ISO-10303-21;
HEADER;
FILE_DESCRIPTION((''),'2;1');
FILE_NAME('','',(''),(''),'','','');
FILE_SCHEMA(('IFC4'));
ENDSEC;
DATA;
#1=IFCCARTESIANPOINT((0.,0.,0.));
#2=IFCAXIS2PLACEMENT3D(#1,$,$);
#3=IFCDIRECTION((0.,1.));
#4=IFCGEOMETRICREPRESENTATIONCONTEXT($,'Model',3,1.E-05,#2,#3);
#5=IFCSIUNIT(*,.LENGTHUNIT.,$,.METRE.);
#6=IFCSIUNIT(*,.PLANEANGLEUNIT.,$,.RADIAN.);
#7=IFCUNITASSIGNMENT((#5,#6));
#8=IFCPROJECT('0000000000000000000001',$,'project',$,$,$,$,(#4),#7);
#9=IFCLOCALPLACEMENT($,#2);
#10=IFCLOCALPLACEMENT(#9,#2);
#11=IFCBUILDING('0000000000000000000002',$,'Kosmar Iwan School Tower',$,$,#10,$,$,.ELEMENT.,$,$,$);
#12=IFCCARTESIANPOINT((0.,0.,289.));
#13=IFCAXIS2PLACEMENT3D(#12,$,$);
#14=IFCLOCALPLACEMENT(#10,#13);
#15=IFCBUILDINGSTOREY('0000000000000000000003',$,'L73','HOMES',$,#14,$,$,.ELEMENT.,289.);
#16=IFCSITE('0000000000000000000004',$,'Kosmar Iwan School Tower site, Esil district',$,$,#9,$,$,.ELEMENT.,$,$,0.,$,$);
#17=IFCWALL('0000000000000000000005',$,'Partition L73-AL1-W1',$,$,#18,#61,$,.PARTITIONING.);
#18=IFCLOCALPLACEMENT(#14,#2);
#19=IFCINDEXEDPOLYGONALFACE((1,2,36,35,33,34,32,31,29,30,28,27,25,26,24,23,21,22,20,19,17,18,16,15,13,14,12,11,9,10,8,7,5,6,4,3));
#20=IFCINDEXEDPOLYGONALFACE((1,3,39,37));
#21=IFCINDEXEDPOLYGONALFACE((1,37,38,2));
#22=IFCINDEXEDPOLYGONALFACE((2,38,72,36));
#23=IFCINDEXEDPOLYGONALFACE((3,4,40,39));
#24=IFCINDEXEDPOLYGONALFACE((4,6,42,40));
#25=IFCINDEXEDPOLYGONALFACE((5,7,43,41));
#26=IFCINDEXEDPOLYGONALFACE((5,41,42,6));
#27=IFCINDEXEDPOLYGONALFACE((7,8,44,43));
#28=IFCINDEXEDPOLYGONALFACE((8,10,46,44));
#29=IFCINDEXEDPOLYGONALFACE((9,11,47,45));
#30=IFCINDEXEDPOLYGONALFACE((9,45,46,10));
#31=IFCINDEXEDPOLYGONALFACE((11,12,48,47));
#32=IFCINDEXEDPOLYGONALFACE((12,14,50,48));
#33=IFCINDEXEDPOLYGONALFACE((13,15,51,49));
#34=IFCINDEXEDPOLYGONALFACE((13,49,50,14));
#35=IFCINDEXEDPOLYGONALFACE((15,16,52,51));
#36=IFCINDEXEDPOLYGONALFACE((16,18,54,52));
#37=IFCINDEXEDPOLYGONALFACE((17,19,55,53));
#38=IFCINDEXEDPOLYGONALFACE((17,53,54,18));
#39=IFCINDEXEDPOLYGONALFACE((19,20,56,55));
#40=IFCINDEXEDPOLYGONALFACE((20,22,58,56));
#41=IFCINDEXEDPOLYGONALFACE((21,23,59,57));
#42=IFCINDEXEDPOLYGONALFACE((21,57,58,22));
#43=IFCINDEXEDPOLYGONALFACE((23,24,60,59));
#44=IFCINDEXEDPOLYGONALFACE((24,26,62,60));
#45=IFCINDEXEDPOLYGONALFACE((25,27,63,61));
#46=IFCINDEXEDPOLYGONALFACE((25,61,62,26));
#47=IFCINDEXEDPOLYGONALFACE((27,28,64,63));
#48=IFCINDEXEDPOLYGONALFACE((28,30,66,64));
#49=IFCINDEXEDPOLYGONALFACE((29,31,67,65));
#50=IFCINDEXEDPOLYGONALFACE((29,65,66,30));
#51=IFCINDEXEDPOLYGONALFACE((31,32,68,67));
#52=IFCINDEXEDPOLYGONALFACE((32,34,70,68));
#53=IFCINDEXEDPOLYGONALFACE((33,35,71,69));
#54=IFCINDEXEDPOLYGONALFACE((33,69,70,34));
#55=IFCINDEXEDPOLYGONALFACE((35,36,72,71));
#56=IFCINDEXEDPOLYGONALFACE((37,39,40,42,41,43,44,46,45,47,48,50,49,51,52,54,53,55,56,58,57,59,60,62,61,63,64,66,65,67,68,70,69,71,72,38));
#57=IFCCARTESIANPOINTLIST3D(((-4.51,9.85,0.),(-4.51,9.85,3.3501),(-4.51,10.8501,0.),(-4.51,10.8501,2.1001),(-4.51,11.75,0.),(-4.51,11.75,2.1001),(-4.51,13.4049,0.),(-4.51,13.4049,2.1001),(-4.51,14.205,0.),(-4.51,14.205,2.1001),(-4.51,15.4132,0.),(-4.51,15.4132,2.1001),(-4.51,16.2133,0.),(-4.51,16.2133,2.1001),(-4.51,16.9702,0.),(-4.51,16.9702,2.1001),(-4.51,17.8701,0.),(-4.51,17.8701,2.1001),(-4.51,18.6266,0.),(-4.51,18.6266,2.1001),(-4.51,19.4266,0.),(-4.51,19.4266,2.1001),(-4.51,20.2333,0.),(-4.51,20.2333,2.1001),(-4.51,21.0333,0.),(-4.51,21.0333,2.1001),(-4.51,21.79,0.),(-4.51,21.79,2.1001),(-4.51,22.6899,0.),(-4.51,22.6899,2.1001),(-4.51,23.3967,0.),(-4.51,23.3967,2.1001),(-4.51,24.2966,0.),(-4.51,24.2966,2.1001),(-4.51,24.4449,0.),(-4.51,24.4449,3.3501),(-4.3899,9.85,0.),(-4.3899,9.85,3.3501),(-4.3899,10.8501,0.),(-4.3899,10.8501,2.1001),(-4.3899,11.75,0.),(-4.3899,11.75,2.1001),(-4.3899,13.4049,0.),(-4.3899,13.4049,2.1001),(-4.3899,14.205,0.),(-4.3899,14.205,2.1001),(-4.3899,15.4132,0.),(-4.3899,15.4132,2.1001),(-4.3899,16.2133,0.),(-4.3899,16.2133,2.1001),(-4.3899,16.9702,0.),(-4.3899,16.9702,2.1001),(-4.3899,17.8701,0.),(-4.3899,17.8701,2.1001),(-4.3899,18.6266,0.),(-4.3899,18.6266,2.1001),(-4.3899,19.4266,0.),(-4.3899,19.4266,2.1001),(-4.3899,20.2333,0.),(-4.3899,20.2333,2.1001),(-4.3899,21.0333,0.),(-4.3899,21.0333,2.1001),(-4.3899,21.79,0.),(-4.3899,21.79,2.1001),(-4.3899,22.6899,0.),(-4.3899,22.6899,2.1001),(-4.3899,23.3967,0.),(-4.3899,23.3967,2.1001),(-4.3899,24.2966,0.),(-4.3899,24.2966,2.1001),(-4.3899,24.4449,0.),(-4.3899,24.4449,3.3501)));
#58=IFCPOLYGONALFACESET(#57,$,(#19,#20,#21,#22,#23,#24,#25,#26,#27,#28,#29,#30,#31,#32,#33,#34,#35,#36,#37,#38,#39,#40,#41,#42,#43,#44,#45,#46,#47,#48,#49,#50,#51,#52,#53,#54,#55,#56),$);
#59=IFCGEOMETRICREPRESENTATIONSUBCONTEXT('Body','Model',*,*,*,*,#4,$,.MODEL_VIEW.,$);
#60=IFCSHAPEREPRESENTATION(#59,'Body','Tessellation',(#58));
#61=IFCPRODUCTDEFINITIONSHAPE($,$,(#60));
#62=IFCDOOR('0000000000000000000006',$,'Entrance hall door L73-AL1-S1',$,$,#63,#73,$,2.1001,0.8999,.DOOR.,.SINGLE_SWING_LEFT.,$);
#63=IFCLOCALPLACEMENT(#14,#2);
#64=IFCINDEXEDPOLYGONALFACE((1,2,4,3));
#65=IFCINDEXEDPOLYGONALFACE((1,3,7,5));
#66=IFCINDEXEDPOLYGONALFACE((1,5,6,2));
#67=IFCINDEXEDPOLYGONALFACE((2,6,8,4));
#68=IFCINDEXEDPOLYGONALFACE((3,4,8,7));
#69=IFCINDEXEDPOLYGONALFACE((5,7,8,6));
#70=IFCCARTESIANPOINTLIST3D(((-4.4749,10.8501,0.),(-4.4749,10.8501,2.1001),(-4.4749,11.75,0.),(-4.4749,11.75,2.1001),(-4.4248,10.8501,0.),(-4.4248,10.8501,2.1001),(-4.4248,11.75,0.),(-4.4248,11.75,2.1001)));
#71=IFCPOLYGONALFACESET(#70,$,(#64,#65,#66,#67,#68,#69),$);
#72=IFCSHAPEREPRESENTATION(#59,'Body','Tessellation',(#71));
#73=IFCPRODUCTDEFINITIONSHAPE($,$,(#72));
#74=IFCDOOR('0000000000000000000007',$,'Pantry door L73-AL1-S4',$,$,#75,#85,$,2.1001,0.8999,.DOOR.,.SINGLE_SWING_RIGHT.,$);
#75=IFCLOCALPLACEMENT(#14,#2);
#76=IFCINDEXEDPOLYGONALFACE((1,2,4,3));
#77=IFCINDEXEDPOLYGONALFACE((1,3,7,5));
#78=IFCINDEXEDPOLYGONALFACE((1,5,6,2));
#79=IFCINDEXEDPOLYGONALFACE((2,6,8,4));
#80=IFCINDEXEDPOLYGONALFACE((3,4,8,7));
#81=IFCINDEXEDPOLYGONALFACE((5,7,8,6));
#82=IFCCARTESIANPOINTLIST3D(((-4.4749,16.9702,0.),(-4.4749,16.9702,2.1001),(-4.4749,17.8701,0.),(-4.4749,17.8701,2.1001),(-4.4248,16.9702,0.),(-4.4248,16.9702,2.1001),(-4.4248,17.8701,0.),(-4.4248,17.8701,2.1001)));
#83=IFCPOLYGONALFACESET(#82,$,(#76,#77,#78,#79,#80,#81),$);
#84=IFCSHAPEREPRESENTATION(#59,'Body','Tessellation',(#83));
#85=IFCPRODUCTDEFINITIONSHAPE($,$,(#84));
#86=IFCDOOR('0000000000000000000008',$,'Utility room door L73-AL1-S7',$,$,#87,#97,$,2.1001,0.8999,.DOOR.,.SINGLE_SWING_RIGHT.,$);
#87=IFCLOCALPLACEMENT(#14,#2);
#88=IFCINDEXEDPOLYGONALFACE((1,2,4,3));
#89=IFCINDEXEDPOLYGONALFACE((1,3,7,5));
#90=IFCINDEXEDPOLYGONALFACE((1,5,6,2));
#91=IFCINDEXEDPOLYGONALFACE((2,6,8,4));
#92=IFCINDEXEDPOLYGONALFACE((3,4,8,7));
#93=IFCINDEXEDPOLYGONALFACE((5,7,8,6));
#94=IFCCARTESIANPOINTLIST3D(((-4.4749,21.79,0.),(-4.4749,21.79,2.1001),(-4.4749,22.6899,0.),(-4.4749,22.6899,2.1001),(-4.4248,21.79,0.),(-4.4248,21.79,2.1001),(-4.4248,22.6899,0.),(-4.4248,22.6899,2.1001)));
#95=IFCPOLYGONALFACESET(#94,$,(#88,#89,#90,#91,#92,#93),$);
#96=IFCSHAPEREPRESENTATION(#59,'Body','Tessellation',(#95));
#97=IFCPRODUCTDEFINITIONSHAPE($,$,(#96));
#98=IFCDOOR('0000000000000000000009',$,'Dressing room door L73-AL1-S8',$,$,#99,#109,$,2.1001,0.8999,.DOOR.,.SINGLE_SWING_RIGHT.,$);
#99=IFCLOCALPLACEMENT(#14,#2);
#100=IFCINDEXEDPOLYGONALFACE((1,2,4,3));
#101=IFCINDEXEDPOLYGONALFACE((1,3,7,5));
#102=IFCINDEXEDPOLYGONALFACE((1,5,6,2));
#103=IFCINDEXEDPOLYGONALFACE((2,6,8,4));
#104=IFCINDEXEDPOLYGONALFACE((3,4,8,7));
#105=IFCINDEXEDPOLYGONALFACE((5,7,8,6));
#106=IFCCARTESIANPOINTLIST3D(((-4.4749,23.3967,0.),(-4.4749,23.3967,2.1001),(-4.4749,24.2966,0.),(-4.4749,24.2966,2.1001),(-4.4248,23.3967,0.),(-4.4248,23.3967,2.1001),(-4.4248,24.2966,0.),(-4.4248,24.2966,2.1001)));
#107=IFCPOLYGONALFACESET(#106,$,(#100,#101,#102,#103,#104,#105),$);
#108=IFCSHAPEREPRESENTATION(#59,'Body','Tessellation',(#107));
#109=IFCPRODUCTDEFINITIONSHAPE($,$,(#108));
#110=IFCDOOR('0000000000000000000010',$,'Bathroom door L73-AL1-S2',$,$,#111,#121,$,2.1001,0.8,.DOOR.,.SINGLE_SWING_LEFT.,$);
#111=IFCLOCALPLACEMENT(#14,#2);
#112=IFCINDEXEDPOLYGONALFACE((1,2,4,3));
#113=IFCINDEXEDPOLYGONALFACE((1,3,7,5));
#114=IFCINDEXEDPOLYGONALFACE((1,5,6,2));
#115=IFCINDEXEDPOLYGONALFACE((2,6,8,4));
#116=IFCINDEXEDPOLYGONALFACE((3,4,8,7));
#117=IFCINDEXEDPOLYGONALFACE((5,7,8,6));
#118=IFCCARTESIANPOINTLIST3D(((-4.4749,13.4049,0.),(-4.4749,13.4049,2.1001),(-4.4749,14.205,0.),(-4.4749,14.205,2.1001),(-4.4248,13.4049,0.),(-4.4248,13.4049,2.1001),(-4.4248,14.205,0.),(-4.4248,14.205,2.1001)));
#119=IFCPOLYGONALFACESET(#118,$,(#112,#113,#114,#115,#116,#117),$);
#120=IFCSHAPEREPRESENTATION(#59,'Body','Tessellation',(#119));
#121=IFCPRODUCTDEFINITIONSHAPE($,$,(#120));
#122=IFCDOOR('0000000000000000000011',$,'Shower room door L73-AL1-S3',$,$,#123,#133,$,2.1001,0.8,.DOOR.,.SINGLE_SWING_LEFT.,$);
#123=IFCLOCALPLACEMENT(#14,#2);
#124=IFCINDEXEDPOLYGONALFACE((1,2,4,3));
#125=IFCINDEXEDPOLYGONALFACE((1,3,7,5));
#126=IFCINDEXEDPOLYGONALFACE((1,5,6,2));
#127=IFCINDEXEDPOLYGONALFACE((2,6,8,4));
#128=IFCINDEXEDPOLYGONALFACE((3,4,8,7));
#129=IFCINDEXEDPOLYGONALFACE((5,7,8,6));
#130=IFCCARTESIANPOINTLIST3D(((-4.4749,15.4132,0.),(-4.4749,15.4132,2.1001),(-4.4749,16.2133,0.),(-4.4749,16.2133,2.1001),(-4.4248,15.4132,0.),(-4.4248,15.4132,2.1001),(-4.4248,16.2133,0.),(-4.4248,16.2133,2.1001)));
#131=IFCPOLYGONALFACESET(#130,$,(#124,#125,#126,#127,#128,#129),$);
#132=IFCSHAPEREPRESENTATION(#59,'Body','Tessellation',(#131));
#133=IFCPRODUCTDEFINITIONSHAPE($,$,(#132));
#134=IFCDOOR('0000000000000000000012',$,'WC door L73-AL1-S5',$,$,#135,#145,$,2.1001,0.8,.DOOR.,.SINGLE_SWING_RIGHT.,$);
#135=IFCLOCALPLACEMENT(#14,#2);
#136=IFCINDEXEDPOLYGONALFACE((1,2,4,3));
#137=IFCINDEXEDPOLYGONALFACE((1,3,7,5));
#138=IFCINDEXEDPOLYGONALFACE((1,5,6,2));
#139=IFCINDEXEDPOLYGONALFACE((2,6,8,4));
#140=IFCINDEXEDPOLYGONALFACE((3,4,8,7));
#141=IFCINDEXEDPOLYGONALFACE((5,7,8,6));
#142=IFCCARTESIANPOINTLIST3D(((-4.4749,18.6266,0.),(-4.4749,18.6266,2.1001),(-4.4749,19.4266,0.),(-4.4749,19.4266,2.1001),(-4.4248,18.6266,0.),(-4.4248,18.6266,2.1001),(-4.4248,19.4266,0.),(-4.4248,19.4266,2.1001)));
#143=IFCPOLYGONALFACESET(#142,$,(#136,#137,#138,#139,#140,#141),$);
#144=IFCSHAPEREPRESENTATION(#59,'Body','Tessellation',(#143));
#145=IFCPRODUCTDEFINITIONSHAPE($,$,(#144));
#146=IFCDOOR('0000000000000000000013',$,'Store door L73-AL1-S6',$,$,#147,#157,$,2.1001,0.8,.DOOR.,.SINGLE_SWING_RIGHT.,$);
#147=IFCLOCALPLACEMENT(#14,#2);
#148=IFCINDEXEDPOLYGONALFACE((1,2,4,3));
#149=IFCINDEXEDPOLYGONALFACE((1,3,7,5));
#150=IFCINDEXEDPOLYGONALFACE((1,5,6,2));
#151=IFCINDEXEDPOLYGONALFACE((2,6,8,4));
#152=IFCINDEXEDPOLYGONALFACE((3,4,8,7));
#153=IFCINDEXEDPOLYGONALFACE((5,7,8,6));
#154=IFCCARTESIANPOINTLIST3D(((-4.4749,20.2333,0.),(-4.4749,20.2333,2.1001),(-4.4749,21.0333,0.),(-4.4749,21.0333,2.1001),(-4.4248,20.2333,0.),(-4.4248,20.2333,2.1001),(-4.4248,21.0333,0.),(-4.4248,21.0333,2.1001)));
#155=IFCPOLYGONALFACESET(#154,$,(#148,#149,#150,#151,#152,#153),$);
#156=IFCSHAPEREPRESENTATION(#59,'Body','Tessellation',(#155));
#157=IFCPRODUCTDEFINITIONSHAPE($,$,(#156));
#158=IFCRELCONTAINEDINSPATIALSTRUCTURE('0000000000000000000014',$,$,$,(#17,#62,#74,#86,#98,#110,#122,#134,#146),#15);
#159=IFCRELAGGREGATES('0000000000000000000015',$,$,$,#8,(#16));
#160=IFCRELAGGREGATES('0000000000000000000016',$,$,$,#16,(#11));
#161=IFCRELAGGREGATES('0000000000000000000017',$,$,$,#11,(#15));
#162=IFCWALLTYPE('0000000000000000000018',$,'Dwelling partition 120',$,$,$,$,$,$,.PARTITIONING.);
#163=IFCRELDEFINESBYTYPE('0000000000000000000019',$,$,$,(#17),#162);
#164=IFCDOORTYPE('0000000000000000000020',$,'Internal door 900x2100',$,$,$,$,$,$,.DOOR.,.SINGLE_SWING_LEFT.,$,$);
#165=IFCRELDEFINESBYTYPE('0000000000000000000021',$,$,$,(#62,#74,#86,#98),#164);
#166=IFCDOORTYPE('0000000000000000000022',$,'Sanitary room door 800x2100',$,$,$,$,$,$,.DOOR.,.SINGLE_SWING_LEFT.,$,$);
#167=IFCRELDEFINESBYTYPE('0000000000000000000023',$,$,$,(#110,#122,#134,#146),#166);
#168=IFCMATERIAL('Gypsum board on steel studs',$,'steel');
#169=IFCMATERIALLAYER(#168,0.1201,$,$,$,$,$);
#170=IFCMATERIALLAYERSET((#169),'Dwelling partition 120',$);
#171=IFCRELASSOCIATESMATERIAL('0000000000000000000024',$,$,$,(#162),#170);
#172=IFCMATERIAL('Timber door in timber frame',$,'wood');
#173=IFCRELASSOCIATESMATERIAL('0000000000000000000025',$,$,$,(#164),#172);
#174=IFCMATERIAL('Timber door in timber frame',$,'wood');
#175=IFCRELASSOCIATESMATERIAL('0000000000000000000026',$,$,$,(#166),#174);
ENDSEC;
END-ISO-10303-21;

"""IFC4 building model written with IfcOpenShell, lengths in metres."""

from ifc_helpers import new_model, si_unit, direction, frame, frame_2d, origin, place, context, subcontext, project, spatial, rectangle, extrude, material, layer, layer_set, type_object, element, fill, save


model = new_model("IFC4")

# Units and contexts
model_context = context("Model", 3, precision=1e-05, world=origin(), true_north=direction((0.0, 1.0)))
body_context = subcontext(model_context, "Body", "Model", "MODEL_VIEW")
ifc_project = project(units=[si_unit("LENGTHUNIT", "METRE"), si_unit("PLANEANGLEUNIT", "RADIAN")], contexts=[model_context])

# Site, building, storey
site_placement = place(None, origin())
site = spatial("IfcSite", under=ifc_project, at=site_placement, Name="Kosmar Iwan School Tower site, Esil district", CompositionType="ELEMENT", RefElevation=0.0)
building_placement = place(site_placement, origin())
building = spatial("IfcBuilding", under=site, at=building_placement, Name="Kosmar Iwan School Tower", CompositionType="ELEMENT")
storey_placement = place(building_placement, frame((0.0, 0.0, 289.0)))
storey = spatial("IfcBuildingStorey", under=building, at=storey_placement, Name="L73", Description="HOMES", CompositionType="ELEMENT", Elevation=289.0)

# Wall, openings, doors
ifc_material_1 = material(Name="Gypsum board on steel studs", Category="steel")
ifc_layer_1 = layer(ifc_material_1, 0.1201)
ifc_layer_set_1 = layer_set([ifc_layer_1], Name="Dwelling partition 120")
wall_type_1 = type_object("IfcWallType", Name="Dwelling partition 120", PredefinedType="PARTITIONING", material=ifc_layer_set_1)
wall_1_placement = place(storey_placement, frame((-4.45, 9.8501, 0.0), z_axis=(0.0, 0.0, 1.0), x_axis=(0.0, 1.0, 0.0)))
wall_1 = element("IfcWall", 1, at=wall_1_placement, inside=storey, type_object=wall_type_1, Name="Partition L73-AL1-W1", PredefinedType="PARTITIONING", context=body_context, shape_type="SweptSolid", body=[
    extrude(rectangle(XDim=14.595, YDim=0.1201, at=frame_2d((7.2974, 0.0))), origin(), (0.0, 0.0, 1.0), 3.3501),
])
opening_1_placement = place(wall_1_placement, frame((1.0, 0.0, 0.0)))
opening_1 = element("IfcOpeningElement", 2, at=opening_1_placement, cuts=wall_1, PredefinedType="OPENING", context=body_context, shape_type="SweptSolid", body=[
    extrude(rectangle(XDim=0.8999, YDim=2.1001, at=frame_2d((0.45, 1.05))), frame((0.0, 0.072, 0.0), z_axis=(0.0, -1.0, 0.0), x_axis=(1.0, 0.0, 0.0)), (0.0, 0.0, 1.0), 0.144),
])
opening_2_placement = place(wall_1_placement, frame((3.5549, 0.0, 0.0)))
opening_2 = element("IfcOpeningElement", 3, at=opening_2_placement, cuts=wall_1, PredefinedType="OPENING", context=body_context, shape_type="SweptSolid", body=[
    extrude(rectangle(XDim=0.8, YDim=2.1001, at=frame_2d((0.3999, 1.05))), frame((0.0, 0.072, 0.0), z_axis=(0.0, -1.0, 0.0), x_axis=(1.0, 0.0, 0.0)), (0.0, 0.0, 1.0), 0.144),
])
opening_3_placement = place(wall_1_placement, frame((5.5632, 0.0, 0.0)))
opening_3 = element("IfcOpeningElement", 4, at=opening_3_placement, cuts=wall_1, PredefinedType="OPENING", context=body_context, shape_type="SweptSolid", body=[
    extrude(rectangle(XDim=0.8, YDim=2.1001, at=frame_2d((0.3999, 1.05))), frame((0.0, 0.072, 0.0), z_axis=(0.0, -1.0, 0.0), x_axis=(1.0, 0.0, 0.0)), (0.0, 0.0, 1.0), 0.144),
])
opening_4_placement = place(wall_1_placement, frame((7.1201, 0.0, 0.0)))
opening_4 = element("IfcOpeningElement", 5, at=opening_4_placement, cuts=wall_1, PredefinedType="OPENING", context=body_context, shape_type="SweptSolid", body=[
    extrude(rectangle(XDim=0.8999, YDim=2.1001, at=frame_2d((0.45, 1.05))), frame((0.0, 0.072, 0.0), z_axis=(0.0, -1.0, 0.0), x_axis=(1.0, 0.0, 0.0)), (0.0, 0.0, 1.0), 0.144),
])
opening_5_placement = place(wall_1_placement, frame((8.7766, 0.0, 0.0)))
opening_5 = element("IfcOpeningElement", 6, at=opening_5_placement, cuts=wall_1, PredefinedType="OPENING", context=body_context, shape_type="SweptSolid", body=[
    extrude(rectangle(XDim=0.8, YDim=2.1001, at=frame_2d((0.3999, 1.05))), frame((0.0, 0.072, 0.0), z_axis=(0.0, -1.0, 0.0), x_axis=(1.0, 0.0, 0.0)), (0.0, 0.0, 1.0), 0.144),
])
opening_6_placement = place(wall_1_placement, frame((10.3833, 0.0, 0.0)))
opening_6 = element("IfcOpeningElement", 7, at=opening_6_placement, cuts=wall_1, PredefinedType="OPENING", context=body_context, shape_type="SweptSolid", body=[
    extrude(rectangle(XDim=0.8, YDim=2.1001, at=frame_2d((0.3999, 1.05))), frame((0.0, 0.072, 0.0), z_axis=(0.0, -1.0, 0.0), x_axis=(1.0, 0.0, 0.0)), (0.0, 0.0, 1.0), 0.144),
])
opening_7_placement = place(wall_1_placement, frame((11.9399, 0.0, 0.0)))
opening_7 = element("IfcOpeningElement", 8, at=opening_7_placement, cuts=wall_1, PredefinedType="OPENING", context=body_context, shape_type="SweptSolid", body=[
    extrude(rectangle(XDim=0.8999, YDim=2.1001, at=frame_2d((0.45, 1.05))), frame((0.0, 0.072, 0.0), z_axis=(0.0, -1.0, 0.0), x_axis=(1.0, 0.0, 0.0)), (0.0, 0.0, 1.0), 0.144),
])
opening_8_placement = place(wall_1_placement, frame((13.5466, 0.0, 0.0)))
opening_8 = element("IfcOpeningElement", 9, at=opening_8_placement, cuts=wall_1, PredefinedType="OPENING", context=body_context, shape_type="SweptSolid", body=[
    extrude(rectangle(XDim=0.8999, YDim=2.1001, at=frame_2d((0.45, 1.05))), frame((0.0, 0.072, 0.0), z_axis=(0.0, -1.0, 0.0), x_axis=(1.0, 0.0, 0.0)), (0.0, 0.0, 1.0), 0.144),
])
ifc_material_2 = material(Name="Timber door in timber frame", Category="wood")
door_type_1 = type_object("IfcDoorType", Name="Internal door 900x2100", OperationType="SINGLE_SWING_LEFT", PredefinedType="DOOR", material=ifc_material_2)
door_1_placement = place(opening_1_placement, origin())
door_1 = element("IfcDoor", 10, at=door_1_placement, inside=storey, type_object=door_type_1, Name="Entrance hall door L73-AL1-S1", OperationType="SINGLE_SWING_LEFT", OverallHeight=2.1001, OverallWidth=0.8999, PredefinedType="DOOR", context=body_context, shape_type="SweptSolid", body=[
    extrude(rectangle(XDim=0.8999, YDim=2.1001, at=frame_2d((0.45, 1.05))), frame((0.0, 0.0249, 0.0), z_axis=(0.0, -1.0, 0.0), x_axis=(1.0, 0.0, 0.0)), (0.0, 0.0, 1.0), 0.05),
])
fill(opening_1, door_1)
door_2_placement = place(opening_4_placement, origin())
door_2 = element("IfcDoor", 11, at=door_2_placement, inside=storey, type_object=door_type_1, Name="Pantry door L73-AL1-S4", OperationType="SINGLE_SWING_RIGHT", OverallHeight=2.1001, OverallWidth=0.8999, PredefinedType="DOOR", context=body_context, shape_type="SweptSolid", body=[
    extrude(rectangle(XDim=0.8999, YDim=2.1001, at=frame_2d((0.45, 1.05))), frame((0.0, 0.0249, 0.0), z_axis=(0.0, -1.0, 0.0), x_axis=(1.0, 0.0, 0.0)), (0.0, 0.0, 1.0), 0.05),
])
fill(opening_4, door_2)
door_3_placement = place(opening_7_placement, origin())
door_3 = element("IfcDoor", 12, at=door_3_placement, inside=storey, type_object=door_type_1, Name="Utility room door L73-AL1-S7", OperationType="SINGLE_SWING_RIGHT", OverallHeight=2.1001, OverallWidth=0.8999, PredefinedType="DOOR", context=body_context, shape_type="SweptSolid", body=[
    extrude(rectangle(XDim=0.8999, YDim=2.1001, at=frame_2d((0.45, 1.05))), frame((0.0, 0.0249, 0.0), z_axis=(0.0, -1.0, 0.0), x_axis=(1.0, 0.0, 0.0)), (0.0, 0.0, 1.0), 0.05),
])
fill(opening_7, door_3)
door_4_placement = place(opening_8_placement, origin())
door_4 = element("IfcDoor", 13, at=door_4_placement, inside=storey, type_object=door_type_1, Name="Dressing room door L73-AL1-S8", OperationType="SINGLE_SWING_RIGHT", OverallHeight=2.1001, OverallWidth=0.8999, PredefinedType="DOOR", context=body_context, shape_type="SweptSolid", body=[
    extrude(rectangle(XDim=0.8999, YDim=2.1001, at=frame_2d((0.45, 1.05))), frame((0.0, 0.0249, 0.0), z_axis=(0.0, -1.0, 0.0), x_axis=(1.0, 0.0, 0.0)), (0.0, 0.0, 1.0), 0.05),
])
fill(opening_8, door_4)
ifc_material_3 = material(Name="Timber door in timber frame", Category="wood")
door_type_2 = type_object("IfcDoorType", Name="Sanitary room door 800x2100", OperationType="SINGLE_SWING_LEFT", PredefinedType="DOOR", material=ifc_material_3)
door_5_placement = place(opening_2_placement, origin())
door_5 = element("IfcDoor", 14, at=door_5_placement, inside=storey, type_object=door_type_2, Name="Bathroom door L73-AL1-S2", OperationType="SINGLE_SWING_LEFT", OverallHeight=2.1001, OverallWidth=0.8, PredefinedType="DOOR", context=body_context, shape_type="SweptSolid", body=[
    extrude(rectangle(XDim=0.8, YDim=2.1001, at=frame_2d((0.3999, 1.05))), frame((0.0, 0.0249, 0.0), z_axis=(0.0, -1.0, 0.0), x_axis=(1.0, 0.0, 0.0)), (0.0, 0.0, 1.0), 0.05),
])
fill(opening_2, door_5)
door_6_placement = place(opening_3_placement, origin())
door_6 = element("IfcDoor", 15, at=door_6_placement, inside=storey, type_object=door_type_2, Name="Shower room door L73-AL1-S3", OperationType="SINGLE_SWING_LEFT", OverallHeight=2.1001, OverallWidth=0.8, PredefinedType="DOOR", context=body_context, shape_type="SweptSolid", body=[
    extrude(rectangle(XDim=0.8, YDim=2.1001, at=frame_2d((0.3999, 1.05))), frame((0.0, 0.0249, 0.0), z_axis=(0.0, -1.0, 0.0), x_axis=(1.0, 0.0, 0.0)), (0.0, 0.0, 1.0), 0.05),
])
fill(opening_3, door_6)
door_7_placement = place(opening_5_placement, origin())
door_7 = element("IfcDoor", 16, at=door_7_placement, inside=storey, type_object=door_type_2, Name="WC door L73-AL1-S5", OperationType="SINGLE_SWING_RIGHT", OverallHeight=2.1001, OverallWidth=0.8, PredefinedType="DOOR", context=body_context, shape_type="SweptSolid", body=[
    extrude(rectangle(XDim=0.8, YDim=2.1001, at=frame_2d((0.3999, 1.05))), frame((0.0, 0.0249, 0.0), z_axis=(0.0, -1.0, 0.0), x_axis=(1.0, 0.0, 0.0)), (0.0, 0.0, 1.0), 0.05),
])
fill(opening_5, door_7)
door_8_placement = place(opening_6_placement, origin())
door_8 = element("IfcDoor", 17, at=door_8_placement, inside=storey, type_object=door_type_2, Name="Store door L73-AL1-S6", OperationType="SINGLE_SWING_RIGHT", OverallHeight=2.1001, OverallWidth=0.8, PredefinedType="DOOR", context=body_context, shape_type="SweptSolid", body=[
    extrude(rectangle(XDim=0.8, YDim=2.1001, at=frame_2d((0.3999, 1.05))), frame((0.0, 0.0249, 0.0), z_axis=(0.0, -1.0, 0.0), x_axis=(1.0, 0.0, 0.0)), (0.0, 0.0, 1.0), 0.05),
])
fill(opening_6, door_8)

save(model, "model.ifc")
